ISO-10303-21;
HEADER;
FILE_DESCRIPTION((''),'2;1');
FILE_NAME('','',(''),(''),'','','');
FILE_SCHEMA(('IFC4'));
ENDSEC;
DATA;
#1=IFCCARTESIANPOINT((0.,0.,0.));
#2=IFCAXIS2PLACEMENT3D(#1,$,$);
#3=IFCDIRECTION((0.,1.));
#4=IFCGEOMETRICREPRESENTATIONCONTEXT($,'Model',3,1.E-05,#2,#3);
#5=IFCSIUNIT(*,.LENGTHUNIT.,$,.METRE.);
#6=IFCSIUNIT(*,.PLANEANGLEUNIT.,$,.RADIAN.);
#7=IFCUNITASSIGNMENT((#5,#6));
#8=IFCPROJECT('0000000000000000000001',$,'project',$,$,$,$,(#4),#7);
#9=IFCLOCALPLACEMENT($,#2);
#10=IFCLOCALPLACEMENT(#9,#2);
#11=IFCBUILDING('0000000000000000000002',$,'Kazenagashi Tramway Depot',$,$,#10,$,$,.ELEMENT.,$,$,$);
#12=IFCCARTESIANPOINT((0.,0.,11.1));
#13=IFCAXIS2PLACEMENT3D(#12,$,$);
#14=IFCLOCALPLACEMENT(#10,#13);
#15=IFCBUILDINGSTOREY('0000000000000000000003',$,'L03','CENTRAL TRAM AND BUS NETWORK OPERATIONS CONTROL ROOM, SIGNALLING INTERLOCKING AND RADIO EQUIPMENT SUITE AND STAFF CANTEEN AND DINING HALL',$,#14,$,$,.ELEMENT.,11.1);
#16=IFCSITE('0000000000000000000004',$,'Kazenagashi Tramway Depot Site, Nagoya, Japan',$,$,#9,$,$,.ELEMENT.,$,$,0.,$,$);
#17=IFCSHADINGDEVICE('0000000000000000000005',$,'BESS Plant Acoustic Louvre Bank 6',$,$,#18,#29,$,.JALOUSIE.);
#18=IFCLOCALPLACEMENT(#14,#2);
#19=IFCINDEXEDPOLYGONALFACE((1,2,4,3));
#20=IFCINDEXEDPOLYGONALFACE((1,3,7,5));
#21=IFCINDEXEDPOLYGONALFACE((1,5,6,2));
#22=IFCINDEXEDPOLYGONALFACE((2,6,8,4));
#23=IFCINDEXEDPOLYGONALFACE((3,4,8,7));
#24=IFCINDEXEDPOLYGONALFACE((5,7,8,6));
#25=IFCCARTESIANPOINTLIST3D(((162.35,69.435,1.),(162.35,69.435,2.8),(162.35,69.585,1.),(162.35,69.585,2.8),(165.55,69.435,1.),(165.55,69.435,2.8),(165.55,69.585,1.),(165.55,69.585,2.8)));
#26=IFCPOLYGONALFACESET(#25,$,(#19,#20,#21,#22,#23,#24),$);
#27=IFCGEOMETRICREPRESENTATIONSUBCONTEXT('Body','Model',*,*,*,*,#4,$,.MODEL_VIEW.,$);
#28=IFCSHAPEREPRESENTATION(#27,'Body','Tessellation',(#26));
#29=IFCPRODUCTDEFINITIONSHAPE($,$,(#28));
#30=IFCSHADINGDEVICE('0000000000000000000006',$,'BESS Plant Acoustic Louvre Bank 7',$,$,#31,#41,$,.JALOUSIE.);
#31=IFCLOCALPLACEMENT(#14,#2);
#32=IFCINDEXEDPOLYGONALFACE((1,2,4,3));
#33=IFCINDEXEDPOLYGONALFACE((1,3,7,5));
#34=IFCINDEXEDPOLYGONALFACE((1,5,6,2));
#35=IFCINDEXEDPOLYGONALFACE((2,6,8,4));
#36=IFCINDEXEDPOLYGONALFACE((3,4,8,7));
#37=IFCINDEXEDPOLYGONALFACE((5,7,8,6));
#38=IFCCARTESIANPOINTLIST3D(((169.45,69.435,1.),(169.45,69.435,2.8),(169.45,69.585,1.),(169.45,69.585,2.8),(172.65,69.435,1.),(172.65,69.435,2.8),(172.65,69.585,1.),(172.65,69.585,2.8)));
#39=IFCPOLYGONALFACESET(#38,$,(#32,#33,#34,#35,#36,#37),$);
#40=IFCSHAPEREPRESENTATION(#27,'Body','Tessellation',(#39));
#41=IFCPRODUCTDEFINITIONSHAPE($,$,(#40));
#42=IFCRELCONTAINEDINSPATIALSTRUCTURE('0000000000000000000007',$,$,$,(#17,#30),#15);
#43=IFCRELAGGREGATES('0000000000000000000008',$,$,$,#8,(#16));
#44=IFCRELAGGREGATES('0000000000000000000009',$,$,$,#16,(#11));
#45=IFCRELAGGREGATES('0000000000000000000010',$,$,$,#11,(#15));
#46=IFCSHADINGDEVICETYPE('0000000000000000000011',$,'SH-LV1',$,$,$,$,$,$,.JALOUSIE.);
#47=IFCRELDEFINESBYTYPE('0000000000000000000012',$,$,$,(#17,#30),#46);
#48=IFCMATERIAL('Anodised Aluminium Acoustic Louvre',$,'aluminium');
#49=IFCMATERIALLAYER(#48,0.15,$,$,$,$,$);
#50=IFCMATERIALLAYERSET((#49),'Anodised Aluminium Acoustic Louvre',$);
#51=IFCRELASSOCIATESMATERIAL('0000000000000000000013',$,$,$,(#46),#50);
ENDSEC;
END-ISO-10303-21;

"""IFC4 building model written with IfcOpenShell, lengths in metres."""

from ifc_helpers import new_model, si_unit, direction, frame, origin, origin_2d, place, context, subcontext, project, spatial, rectangle, extrude, material, layer, layer_set, type_object, element, save


model = new_model("IFC4")

# Units and contexts
model_context = context("Model", 3, precision=1e-05, world=origin(), true_north=direction((0.0, 1.0)))
body_context = subcontext(model_context, "Body", "Model", "MODEL_VIEW")
ifc_project = project(units=[si_unit("LENGTHUNIT", "METRE"), si_unit("PLANEANGLEUNIT", "RADIAN")], contexts=[model_context])

# Site, building, storey
site_placement = place(None, origin())
site = spatial("IfcSite", under=ifc_project, at=site_placement, Name="Kazenagashi Tramway Depot Site, Nagoya, Japan", CompositionType="ELEMENT", RefElevation=0.0)
building_placement = place(site_placement, origin())
building = spatial("IfcBuilding", under=site, at=building_placement, Name="Kazenagashi Tramway Depot", CompositionType="ELEMENT")
storey_placement = place(building_placement, frame((0.0, 0.0, 11.1)))
storey = spatial("IfcBuildingStorey", under=building, at=storey_placement, Name="L03", Description="CENTRAL TRAM AND BUS NETWORK OPERATIONS CONTROL ROOM, SIGNALLING INTERLOCKING AND RADIO EQUIPMENT SUITE AND STAFF CANTEEN AND DINING HALL", CompositionType="ELEMENT", Elevation=11.1)

# Shading devices
ifc_material_1 = material(Name="Anodised Aluminium Acoustic Louvre", Category="aluminium")
ifc_layer_1 = layer(ifc_material_1, 0.15)
ifc_layer_set_1 = layer_set([ifc_layer_1], Name="Anodised Aluminium Acoustic Louvre")
shading_device_type = type_object("IfcShadingDeviceType", Name="SH-LV1", PredefinedType="JALOUSIE", material=ifc_layer_set_1)
for number, where, z_axis, x_axis, name in (
    (1, (163.95, 69.51, 1.0), (0.0, 0.0, 1.0), (1.0, 0.0, 0.0), "BESS Plant Acoustic Louvre Bank 6"),
    (2, (171.05, 69.51, 1.0), (0.0, 0.0, 1.0), (1.0, 0.0, 0.0), "BESS Plant Acoustic Louvre Bank 7"),
):
    element("IfcShadingDevice", number, at=place(storey_placement, frame(where, z_axis=z_axis, x_axis=x_axis)), inside=storey, type_object=shading_device_type, Name=name, PredefinedType="JALOUSIE", context=body_context, shape_type="SweptSolid", body=[
        extrude(rectangle(XDim=3.2, YDim=0.15, at=origin_2d()), origin(), (0.0, 0.0, 1.0), 1.8),
    ])

save(model, "model.ifc")
